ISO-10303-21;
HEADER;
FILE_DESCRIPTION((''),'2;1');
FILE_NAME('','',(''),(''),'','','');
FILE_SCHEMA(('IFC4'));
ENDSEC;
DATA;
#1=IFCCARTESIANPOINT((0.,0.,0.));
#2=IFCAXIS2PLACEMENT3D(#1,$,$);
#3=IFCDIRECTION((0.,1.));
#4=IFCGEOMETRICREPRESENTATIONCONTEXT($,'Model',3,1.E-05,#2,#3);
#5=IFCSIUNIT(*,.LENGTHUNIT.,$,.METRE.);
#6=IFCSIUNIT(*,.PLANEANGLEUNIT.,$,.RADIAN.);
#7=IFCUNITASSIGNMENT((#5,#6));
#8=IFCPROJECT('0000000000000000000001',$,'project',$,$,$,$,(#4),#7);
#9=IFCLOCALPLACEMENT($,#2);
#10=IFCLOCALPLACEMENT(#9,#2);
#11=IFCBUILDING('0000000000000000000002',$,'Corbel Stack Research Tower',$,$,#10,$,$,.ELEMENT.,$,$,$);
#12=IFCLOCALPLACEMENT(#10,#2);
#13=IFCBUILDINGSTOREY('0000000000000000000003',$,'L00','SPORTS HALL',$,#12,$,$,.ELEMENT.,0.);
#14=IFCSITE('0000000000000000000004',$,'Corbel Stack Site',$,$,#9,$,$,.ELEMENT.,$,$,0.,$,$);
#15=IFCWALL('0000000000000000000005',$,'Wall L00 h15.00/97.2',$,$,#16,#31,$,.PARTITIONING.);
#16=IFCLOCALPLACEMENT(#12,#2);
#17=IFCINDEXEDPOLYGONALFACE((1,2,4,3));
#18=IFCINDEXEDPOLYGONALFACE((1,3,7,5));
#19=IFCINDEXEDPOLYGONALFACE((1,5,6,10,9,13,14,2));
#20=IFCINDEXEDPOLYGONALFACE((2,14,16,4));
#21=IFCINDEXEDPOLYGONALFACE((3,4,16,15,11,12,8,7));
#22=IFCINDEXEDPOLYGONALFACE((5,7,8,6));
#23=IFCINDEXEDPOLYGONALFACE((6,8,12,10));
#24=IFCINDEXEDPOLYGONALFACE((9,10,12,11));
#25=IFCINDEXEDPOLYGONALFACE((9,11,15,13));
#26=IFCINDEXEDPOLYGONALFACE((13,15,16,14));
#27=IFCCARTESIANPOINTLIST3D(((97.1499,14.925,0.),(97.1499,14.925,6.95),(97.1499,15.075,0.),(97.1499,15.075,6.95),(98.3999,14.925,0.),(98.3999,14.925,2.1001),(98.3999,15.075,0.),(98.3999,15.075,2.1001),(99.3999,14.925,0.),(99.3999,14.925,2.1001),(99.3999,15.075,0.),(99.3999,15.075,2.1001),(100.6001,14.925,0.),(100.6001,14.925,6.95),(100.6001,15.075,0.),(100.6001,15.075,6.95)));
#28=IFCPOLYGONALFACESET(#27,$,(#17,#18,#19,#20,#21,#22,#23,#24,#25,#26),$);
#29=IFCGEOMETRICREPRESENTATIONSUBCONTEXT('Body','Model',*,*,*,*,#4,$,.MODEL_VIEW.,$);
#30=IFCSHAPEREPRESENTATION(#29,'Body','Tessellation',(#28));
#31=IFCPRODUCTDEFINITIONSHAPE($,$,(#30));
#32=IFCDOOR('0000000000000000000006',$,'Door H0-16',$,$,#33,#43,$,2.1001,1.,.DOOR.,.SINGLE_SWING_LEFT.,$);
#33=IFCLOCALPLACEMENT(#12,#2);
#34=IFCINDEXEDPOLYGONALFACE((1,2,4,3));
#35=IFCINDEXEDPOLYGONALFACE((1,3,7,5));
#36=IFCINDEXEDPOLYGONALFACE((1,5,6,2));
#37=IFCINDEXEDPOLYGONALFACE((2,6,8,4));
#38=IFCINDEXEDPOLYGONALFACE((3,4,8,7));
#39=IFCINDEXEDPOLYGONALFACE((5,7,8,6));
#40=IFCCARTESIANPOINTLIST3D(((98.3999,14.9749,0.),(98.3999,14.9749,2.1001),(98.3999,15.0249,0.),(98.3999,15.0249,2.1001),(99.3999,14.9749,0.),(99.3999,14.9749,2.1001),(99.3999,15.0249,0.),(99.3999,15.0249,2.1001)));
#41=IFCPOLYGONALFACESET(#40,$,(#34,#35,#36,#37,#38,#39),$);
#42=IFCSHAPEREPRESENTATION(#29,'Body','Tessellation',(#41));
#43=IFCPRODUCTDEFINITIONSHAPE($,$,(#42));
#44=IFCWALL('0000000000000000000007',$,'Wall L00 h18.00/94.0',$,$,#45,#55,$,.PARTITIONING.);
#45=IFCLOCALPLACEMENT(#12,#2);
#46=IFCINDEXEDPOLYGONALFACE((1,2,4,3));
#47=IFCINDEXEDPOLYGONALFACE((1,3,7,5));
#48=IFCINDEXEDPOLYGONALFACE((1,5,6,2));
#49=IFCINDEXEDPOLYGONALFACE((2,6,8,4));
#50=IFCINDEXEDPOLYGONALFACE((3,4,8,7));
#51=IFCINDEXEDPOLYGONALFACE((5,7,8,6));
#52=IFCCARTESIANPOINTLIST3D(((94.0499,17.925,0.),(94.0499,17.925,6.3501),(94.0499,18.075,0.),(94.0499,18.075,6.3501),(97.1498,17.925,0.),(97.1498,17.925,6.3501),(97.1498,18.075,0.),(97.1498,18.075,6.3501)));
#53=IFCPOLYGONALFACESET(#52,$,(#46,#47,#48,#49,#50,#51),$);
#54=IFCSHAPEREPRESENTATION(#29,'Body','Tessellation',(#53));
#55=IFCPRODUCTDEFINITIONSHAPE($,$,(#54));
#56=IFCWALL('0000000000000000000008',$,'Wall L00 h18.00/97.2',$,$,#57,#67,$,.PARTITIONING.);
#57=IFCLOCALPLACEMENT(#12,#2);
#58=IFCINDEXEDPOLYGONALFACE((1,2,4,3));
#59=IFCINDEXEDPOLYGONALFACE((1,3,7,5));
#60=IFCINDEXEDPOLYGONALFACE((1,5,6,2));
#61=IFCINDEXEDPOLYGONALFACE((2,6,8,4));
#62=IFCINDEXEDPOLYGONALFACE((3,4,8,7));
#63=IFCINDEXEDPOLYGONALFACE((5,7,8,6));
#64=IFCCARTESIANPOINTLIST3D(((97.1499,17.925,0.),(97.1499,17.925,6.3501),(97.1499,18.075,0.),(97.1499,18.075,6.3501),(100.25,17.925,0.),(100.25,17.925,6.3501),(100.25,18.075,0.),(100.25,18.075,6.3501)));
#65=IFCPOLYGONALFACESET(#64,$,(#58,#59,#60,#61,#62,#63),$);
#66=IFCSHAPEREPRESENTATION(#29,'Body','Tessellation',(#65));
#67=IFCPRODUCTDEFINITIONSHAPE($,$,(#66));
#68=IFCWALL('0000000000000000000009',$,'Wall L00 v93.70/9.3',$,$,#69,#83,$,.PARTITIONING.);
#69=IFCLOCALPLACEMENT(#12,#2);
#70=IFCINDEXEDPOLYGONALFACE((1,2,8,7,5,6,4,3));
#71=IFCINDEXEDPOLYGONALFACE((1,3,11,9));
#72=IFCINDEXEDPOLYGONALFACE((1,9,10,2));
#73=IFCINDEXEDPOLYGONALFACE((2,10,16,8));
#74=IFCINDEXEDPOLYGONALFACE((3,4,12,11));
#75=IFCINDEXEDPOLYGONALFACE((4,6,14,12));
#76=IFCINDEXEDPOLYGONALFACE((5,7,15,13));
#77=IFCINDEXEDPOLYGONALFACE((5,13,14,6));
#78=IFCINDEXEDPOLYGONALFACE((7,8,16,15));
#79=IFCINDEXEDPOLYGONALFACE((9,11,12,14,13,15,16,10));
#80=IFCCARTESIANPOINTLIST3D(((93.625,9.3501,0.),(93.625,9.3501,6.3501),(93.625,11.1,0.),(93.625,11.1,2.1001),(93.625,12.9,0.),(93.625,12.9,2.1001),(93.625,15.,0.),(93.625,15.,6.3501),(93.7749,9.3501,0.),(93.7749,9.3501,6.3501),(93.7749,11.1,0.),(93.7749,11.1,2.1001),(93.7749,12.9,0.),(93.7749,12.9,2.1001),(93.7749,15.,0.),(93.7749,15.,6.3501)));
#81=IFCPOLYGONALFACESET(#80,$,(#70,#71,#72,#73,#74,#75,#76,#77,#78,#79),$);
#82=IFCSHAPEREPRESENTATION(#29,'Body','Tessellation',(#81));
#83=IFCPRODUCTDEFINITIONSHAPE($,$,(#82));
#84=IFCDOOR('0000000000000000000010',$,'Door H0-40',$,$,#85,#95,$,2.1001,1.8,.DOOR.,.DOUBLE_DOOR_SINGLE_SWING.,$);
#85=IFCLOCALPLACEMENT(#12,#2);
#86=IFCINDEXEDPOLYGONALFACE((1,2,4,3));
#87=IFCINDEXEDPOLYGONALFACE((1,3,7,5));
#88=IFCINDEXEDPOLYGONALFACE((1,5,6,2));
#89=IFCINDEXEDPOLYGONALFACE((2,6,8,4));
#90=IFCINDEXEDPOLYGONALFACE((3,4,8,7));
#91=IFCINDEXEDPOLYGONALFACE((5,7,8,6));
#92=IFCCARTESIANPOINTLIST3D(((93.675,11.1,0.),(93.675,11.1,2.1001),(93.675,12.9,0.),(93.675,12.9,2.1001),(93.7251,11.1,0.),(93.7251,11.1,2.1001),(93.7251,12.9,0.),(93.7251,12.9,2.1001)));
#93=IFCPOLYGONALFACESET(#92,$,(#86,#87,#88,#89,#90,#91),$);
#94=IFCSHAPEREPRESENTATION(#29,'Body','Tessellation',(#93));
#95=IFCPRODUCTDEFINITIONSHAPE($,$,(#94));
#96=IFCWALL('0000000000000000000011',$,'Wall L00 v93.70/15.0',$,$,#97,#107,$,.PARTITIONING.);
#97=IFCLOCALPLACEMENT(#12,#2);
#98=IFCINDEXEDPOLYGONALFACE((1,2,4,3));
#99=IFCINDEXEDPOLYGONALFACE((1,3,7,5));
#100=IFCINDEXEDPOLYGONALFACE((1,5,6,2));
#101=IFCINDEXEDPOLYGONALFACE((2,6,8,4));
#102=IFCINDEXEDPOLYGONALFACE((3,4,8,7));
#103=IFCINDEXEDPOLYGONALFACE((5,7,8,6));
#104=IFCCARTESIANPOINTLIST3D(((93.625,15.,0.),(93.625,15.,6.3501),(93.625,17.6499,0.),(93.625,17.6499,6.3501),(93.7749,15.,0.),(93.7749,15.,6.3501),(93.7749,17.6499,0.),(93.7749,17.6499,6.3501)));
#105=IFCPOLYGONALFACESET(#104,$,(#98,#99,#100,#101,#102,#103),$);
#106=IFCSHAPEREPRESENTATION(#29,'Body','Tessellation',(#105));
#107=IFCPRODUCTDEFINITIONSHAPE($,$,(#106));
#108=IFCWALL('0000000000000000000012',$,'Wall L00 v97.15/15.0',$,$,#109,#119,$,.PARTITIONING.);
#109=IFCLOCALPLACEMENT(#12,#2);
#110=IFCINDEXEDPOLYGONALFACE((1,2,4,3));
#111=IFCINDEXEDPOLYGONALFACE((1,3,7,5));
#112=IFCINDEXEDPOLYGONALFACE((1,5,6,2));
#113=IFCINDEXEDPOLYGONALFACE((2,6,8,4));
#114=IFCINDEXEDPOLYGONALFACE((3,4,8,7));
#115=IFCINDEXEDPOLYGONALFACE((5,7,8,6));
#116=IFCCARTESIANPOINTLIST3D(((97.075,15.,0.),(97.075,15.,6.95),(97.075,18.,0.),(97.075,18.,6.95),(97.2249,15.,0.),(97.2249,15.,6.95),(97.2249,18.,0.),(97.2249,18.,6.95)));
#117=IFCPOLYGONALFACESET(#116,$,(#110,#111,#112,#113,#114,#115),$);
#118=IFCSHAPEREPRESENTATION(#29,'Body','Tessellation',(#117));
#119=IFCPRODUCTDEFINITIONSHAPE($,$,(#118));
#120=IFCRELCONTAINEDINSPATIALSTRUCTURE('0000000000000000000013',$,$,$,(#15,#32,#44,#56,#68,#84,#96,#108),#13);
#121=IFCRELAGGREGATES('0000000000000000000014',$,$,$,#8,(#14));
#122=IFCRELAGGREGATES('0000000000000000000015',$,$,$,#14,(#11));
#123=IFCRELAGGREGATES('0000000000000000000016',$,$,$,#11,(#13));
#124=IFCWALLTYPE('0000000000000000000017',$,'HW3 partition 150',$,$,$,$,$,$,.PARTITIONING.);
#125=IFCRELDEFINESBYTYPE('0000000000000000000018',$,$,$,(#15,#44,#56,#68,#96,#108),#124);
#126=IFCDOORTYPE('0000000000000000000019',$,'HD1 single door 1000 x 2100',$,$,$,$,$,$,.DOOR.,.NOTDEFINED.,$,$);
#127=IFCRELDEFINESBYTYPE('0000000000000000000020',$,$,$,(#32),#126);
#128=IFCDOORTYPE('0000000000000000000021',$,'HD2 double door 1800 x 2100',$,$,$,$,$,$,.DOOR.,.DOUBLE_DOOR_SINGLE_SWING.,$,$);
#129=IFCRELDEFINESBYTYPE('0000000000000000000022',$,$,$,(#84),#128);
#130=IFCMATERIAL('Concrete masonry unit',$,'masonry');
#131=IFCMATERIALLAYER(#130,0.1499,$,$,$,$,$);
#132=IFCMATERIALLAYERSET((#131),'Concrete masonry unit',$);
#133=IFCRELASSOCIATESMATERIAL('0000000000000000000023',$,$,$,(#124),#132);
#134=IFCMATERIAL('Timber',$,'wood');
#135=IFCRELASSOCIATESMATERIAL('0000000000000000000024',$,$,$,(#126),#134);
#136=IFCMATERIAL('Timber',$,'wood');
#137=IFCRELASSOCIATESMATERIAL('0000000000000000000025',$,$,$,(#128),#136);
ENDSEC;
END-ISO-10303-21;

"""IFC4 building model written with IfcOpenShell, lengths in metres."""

from ifc_helpers import new_model, si_unit, direction, frame, frame_2d, origin, place, context, subcontext, project, spatial, rectangle, extrude, material, layer, layer_set, type_object, element, fill, save


model = new_model("IFC4")

# Units and contexts
model_context = context("Model", 3, precision=1e-05, world=origin(), true_north=direction((0.0, 1.0)))
body_context = subcontext(model_context, "Body", "Model", "MODEL_VIEW")
ifc_project = project(units=[si_unit("LENGTHUNIT", "METRE"), si_unit("PLANEANGLEUNIT", "RADIAN")], contexts=[model_context])

# Site, building, storey
site_placement = place(None, origin())
site = spatial("IfcSite", under=ifc_project, at=site_placement, Name="Corbel Stack Site", CompositionType="ELEMENT", RefElevation=0.0)
building_placement = place(site_placement, origin())
building = spatial("IfcBuilding", under=site, at=building_placement, Name="Corbel Stack Research Tower", CompositionType="ELEMENT")
storey_placement = place(building_placement, origin())
storey = spatial("IfcBuildingStorey", under=building, at=storey_placement, Name="L00", Description="SPORTS HALL", CompositionType="ELEMENT", Elevation=0.0)

# Wall, opening, door
ifc_material_1 = material(Name="Concrete masonry unit", Category="masonry")
ifc_layer_1 = layer(ifc_material_1, 0.1499)
ifc_layer_set_1 = layer_set([ifc_layer_1], Name="Concrete masonry unit")
wall_type_1 = type_object("IfcWallType", Name="HW3 partition 150", PredefinedType="PARTITIONING", material=ifc_layer_set_1)
ifc_material_2 = material(Name="Timber", Category="wood")
door_type_1 = type_object("IfcDoorType", Name="HD1 single door 1000 x 2100", OperationType="NOTDEFINED", PredefinedType="DOOR", material=ifc_material_2)
wall_1_placement = place(storey_placement, frame((97.1499, 15.0, 0.0), z_axis=(0.0, 0.0, 1.0), x_axis=(1.0, 0.0, 0.0)))
wall_1 = element("IfcWall", 1, at=wall_1_placement, inside=storey, type_object=wall_type_1, Name="Wall L00 h15.00/97.2", PredefinedType="PARTITIONING", context=body_context, shape_type="SweptSolid", body=[
    extrude(rectangle(XDim=3.4502, YDim=0.1499, at=frame_2d((1.7251, 0.0))), origin(), (0.0, 0.0, 1.0), 6.95),
])
opening_1_placement = place(wall_1_placement, frame((1.25, 0.0, 0.0)))
opening_1 = element("IfcOpeningElement", 2, at=opening_1_placement, cuts=wall_1, PredefinedType="OPENING", context=body_context, shape_type="SweptSolid", body=[
    extrude(rectangle(XDim=1.0, YDim=2.1001, at=frame_2d((0.5, 1.05))), frame((0.0, 0.085, 0.0), z_axis=(0.0, -1.0, 0.0), x_axis=(1.0, 0.0, 0.0)), (0.0, 0.0, 1.0), 0.1699),
])
door_1_placement = place(opening_1_placement, origin())
door_1 = element("IfcDoor", 3, at=door_1_placement, inside=storey, type_object=door_type_1, Name="Door H0-16", OperationType="SINGLE_SWING_LEFT", OverallHeight=2.1001, OverallWidth=1.0, PredefinedType="DOOR", context=body_context, shape_type="SweptSolid", body=[
    extrude(rectangle(XDim=1.0, YDim=2.1001, at=frame_2d((0.5, 1.05))), frame((0.0, 0.0249, 0.0), z_axis=(0.0, -1.0, 0.0), x_axis=(1.0, 0.0, 0.0)), (0.0, 0.0, 1.0), 0.05),
])
fill(opening_1, door_1)

# Walls
wall_2_placement = place(storey_placement, frame((94.05, 18.0, 0.0), z_axis=(0.0, 0.0, 1.0), x_axis=(1.0, 0.0, 0.0)))
element("IfcWall", 4, at=wall_2_placement, inside=storey, type_object=wall_type_1, Name="Wall L00 h18.00/94.0", PredefinedType="PARTITIONING", context=body_context, shape_type="SweptSolid", body=[
    extrude(rectangle(XDim=3.0999, YDim=0.1499, at=frame_2d((1.5498, 0.0))), origin(), (0.0, 0.0, 1.0), 6.3501),
])
wall_3_placement = place(storey_placement, frame((97.1499, 18.0, 0.0), z_axis=(0.0, 0.0, 1.0), x_axis=(1.0, 0.0, 0.0)))
element("IfcWall", 5, at=wall_3_placement, inside=storey, type_object=wall_type_1, Name="Wall L00 h18.00/97.2", PredefinedType="PARTITIONING", context=body_context, shape_type="SweptSolid", body=[
    extrude(rectangle(XDim=3.1001, YDim=0.1499, at=frame_2d((1.55, 0.0))), origin(), (0.0, 0.0, 1.0), 6.3501),
])

# Wall, opening, door
wall_4_placement = place(storey_placement, frame((93.7, 9.3501, 0.0), z_axis=(0.0, 0.0, 1.0), x_axis=(0.0, 1.0, 0.0)))
wall_4 = element("IfcWall", 6, at=wall_4_placement, inside=storey, type_object=wall_type_1, Name="Wall L00 v93.70/9.3", PredefinedType="PARTITIONING", context=body_context, shape_type="SweptSolid", body=[
    extrude(rectangle(XDim=5.6499, YDim=0.1499, at=frame_2d((2.825, 0.0))), origin(), (0.0, 0.0, 1.0), 6.3501),
])
opening_2_placement = place(wall_4_placement, frame((1.75, 0.0, 0.0)))
opening_2 = element("IfcOpeningElement", 7, at=opening_2_placement, cuts=wall_4, PredefinedType="OPENING", context=body_context, shape_type="SweptSolid", body=[
    extrude(rectangle(XDim=1.8, YDim=2.1001, at=frame_2d((0.8999, 1.05))), frame((0.0, 0.085, 0.0), z_axis=(0.0, -1.0, 0.0), x_axis=(1.0, 0.0, 0.0)), (0.0, 0.0, 1.0), 0.1699),
])
ifc_material_3 = material(Name="Timber", Category="wood")
door_type_2 = type_object("IfcDoorType", Name="HD2 double door 1800 x 2100", OperationType="DOUBLE_DOOR_SINGLE_SWING", PredefinedType="DOOR", material=ifc_material_3)
door_2_placement = place(opening_2_placement, origin())
door_2 = element("IfcDoor", 8, at=door_2_placement, inside=storey, type_object=door_type_2, Name="Door H0-40", OperationType="DOUBLE_DOOR_SINGLE_SWING", OverallHeight=2.1001, OverallWidth=1.8, PredefinedType="DOOR", context=body_context, shape_type="SweptSolid", body=[
    extrude(rectangle(XDim=1.8, YDim=2.1001, at=frame_2d((0.8999, 1.05))), frame((0.0, 0.0249, 0.0), z_axis=(0.0, -1.0, 0.0), x_axis=(1.0, 0.0, 0.0)), (0.0, 0.0, 1.0), 0.05),
])
fill(opening_2, door_2)

# Walls
wall_5_placement = place(storey_placement, frame((93.7, 15.0, 0.0), z_axis=(0.0, 0.0, 1.0), x_axis=(0.0, 1.0, 0.0)))
element("IfcWall", 9, at=wall_5_placement, inside=storey, type_object=wall_type_1, Name="Wall L00 v93.70/15.0", PredefinedType="PARTITIONING", context=body_context, shape_type="SweptSolid", body=[
    extrude(rectangle(XDim=2.6499, YDim=0.1499, at=frame_2d((1.325, 0.0))), origin(), (0.0, 0.0, 1.0), 6.3501),
])
wall_6_placement = place(storey_placement, frame((97.1499, 15.0, 0.0), z_axis=(0.0, 0.0, 1.0), x_axis=(0.0, 1.0, 0.0)))
element("IfcWall", 10, at=wall_6_placement, inside=storey, type_object=wall_type_1, Name="Wall L00 v97.15/15.0", PredefinedType="PARTITIONING", context=body_context, shape_type="SweptSolid", body=[
    extrude(rectangle(XDim=3.0, YDim=0.1499, at=frame_2d((1.5, 0.0))), origin(), (0.0, 0.0, 1.0), 6.95),
])

save(model, "model.ifc")
